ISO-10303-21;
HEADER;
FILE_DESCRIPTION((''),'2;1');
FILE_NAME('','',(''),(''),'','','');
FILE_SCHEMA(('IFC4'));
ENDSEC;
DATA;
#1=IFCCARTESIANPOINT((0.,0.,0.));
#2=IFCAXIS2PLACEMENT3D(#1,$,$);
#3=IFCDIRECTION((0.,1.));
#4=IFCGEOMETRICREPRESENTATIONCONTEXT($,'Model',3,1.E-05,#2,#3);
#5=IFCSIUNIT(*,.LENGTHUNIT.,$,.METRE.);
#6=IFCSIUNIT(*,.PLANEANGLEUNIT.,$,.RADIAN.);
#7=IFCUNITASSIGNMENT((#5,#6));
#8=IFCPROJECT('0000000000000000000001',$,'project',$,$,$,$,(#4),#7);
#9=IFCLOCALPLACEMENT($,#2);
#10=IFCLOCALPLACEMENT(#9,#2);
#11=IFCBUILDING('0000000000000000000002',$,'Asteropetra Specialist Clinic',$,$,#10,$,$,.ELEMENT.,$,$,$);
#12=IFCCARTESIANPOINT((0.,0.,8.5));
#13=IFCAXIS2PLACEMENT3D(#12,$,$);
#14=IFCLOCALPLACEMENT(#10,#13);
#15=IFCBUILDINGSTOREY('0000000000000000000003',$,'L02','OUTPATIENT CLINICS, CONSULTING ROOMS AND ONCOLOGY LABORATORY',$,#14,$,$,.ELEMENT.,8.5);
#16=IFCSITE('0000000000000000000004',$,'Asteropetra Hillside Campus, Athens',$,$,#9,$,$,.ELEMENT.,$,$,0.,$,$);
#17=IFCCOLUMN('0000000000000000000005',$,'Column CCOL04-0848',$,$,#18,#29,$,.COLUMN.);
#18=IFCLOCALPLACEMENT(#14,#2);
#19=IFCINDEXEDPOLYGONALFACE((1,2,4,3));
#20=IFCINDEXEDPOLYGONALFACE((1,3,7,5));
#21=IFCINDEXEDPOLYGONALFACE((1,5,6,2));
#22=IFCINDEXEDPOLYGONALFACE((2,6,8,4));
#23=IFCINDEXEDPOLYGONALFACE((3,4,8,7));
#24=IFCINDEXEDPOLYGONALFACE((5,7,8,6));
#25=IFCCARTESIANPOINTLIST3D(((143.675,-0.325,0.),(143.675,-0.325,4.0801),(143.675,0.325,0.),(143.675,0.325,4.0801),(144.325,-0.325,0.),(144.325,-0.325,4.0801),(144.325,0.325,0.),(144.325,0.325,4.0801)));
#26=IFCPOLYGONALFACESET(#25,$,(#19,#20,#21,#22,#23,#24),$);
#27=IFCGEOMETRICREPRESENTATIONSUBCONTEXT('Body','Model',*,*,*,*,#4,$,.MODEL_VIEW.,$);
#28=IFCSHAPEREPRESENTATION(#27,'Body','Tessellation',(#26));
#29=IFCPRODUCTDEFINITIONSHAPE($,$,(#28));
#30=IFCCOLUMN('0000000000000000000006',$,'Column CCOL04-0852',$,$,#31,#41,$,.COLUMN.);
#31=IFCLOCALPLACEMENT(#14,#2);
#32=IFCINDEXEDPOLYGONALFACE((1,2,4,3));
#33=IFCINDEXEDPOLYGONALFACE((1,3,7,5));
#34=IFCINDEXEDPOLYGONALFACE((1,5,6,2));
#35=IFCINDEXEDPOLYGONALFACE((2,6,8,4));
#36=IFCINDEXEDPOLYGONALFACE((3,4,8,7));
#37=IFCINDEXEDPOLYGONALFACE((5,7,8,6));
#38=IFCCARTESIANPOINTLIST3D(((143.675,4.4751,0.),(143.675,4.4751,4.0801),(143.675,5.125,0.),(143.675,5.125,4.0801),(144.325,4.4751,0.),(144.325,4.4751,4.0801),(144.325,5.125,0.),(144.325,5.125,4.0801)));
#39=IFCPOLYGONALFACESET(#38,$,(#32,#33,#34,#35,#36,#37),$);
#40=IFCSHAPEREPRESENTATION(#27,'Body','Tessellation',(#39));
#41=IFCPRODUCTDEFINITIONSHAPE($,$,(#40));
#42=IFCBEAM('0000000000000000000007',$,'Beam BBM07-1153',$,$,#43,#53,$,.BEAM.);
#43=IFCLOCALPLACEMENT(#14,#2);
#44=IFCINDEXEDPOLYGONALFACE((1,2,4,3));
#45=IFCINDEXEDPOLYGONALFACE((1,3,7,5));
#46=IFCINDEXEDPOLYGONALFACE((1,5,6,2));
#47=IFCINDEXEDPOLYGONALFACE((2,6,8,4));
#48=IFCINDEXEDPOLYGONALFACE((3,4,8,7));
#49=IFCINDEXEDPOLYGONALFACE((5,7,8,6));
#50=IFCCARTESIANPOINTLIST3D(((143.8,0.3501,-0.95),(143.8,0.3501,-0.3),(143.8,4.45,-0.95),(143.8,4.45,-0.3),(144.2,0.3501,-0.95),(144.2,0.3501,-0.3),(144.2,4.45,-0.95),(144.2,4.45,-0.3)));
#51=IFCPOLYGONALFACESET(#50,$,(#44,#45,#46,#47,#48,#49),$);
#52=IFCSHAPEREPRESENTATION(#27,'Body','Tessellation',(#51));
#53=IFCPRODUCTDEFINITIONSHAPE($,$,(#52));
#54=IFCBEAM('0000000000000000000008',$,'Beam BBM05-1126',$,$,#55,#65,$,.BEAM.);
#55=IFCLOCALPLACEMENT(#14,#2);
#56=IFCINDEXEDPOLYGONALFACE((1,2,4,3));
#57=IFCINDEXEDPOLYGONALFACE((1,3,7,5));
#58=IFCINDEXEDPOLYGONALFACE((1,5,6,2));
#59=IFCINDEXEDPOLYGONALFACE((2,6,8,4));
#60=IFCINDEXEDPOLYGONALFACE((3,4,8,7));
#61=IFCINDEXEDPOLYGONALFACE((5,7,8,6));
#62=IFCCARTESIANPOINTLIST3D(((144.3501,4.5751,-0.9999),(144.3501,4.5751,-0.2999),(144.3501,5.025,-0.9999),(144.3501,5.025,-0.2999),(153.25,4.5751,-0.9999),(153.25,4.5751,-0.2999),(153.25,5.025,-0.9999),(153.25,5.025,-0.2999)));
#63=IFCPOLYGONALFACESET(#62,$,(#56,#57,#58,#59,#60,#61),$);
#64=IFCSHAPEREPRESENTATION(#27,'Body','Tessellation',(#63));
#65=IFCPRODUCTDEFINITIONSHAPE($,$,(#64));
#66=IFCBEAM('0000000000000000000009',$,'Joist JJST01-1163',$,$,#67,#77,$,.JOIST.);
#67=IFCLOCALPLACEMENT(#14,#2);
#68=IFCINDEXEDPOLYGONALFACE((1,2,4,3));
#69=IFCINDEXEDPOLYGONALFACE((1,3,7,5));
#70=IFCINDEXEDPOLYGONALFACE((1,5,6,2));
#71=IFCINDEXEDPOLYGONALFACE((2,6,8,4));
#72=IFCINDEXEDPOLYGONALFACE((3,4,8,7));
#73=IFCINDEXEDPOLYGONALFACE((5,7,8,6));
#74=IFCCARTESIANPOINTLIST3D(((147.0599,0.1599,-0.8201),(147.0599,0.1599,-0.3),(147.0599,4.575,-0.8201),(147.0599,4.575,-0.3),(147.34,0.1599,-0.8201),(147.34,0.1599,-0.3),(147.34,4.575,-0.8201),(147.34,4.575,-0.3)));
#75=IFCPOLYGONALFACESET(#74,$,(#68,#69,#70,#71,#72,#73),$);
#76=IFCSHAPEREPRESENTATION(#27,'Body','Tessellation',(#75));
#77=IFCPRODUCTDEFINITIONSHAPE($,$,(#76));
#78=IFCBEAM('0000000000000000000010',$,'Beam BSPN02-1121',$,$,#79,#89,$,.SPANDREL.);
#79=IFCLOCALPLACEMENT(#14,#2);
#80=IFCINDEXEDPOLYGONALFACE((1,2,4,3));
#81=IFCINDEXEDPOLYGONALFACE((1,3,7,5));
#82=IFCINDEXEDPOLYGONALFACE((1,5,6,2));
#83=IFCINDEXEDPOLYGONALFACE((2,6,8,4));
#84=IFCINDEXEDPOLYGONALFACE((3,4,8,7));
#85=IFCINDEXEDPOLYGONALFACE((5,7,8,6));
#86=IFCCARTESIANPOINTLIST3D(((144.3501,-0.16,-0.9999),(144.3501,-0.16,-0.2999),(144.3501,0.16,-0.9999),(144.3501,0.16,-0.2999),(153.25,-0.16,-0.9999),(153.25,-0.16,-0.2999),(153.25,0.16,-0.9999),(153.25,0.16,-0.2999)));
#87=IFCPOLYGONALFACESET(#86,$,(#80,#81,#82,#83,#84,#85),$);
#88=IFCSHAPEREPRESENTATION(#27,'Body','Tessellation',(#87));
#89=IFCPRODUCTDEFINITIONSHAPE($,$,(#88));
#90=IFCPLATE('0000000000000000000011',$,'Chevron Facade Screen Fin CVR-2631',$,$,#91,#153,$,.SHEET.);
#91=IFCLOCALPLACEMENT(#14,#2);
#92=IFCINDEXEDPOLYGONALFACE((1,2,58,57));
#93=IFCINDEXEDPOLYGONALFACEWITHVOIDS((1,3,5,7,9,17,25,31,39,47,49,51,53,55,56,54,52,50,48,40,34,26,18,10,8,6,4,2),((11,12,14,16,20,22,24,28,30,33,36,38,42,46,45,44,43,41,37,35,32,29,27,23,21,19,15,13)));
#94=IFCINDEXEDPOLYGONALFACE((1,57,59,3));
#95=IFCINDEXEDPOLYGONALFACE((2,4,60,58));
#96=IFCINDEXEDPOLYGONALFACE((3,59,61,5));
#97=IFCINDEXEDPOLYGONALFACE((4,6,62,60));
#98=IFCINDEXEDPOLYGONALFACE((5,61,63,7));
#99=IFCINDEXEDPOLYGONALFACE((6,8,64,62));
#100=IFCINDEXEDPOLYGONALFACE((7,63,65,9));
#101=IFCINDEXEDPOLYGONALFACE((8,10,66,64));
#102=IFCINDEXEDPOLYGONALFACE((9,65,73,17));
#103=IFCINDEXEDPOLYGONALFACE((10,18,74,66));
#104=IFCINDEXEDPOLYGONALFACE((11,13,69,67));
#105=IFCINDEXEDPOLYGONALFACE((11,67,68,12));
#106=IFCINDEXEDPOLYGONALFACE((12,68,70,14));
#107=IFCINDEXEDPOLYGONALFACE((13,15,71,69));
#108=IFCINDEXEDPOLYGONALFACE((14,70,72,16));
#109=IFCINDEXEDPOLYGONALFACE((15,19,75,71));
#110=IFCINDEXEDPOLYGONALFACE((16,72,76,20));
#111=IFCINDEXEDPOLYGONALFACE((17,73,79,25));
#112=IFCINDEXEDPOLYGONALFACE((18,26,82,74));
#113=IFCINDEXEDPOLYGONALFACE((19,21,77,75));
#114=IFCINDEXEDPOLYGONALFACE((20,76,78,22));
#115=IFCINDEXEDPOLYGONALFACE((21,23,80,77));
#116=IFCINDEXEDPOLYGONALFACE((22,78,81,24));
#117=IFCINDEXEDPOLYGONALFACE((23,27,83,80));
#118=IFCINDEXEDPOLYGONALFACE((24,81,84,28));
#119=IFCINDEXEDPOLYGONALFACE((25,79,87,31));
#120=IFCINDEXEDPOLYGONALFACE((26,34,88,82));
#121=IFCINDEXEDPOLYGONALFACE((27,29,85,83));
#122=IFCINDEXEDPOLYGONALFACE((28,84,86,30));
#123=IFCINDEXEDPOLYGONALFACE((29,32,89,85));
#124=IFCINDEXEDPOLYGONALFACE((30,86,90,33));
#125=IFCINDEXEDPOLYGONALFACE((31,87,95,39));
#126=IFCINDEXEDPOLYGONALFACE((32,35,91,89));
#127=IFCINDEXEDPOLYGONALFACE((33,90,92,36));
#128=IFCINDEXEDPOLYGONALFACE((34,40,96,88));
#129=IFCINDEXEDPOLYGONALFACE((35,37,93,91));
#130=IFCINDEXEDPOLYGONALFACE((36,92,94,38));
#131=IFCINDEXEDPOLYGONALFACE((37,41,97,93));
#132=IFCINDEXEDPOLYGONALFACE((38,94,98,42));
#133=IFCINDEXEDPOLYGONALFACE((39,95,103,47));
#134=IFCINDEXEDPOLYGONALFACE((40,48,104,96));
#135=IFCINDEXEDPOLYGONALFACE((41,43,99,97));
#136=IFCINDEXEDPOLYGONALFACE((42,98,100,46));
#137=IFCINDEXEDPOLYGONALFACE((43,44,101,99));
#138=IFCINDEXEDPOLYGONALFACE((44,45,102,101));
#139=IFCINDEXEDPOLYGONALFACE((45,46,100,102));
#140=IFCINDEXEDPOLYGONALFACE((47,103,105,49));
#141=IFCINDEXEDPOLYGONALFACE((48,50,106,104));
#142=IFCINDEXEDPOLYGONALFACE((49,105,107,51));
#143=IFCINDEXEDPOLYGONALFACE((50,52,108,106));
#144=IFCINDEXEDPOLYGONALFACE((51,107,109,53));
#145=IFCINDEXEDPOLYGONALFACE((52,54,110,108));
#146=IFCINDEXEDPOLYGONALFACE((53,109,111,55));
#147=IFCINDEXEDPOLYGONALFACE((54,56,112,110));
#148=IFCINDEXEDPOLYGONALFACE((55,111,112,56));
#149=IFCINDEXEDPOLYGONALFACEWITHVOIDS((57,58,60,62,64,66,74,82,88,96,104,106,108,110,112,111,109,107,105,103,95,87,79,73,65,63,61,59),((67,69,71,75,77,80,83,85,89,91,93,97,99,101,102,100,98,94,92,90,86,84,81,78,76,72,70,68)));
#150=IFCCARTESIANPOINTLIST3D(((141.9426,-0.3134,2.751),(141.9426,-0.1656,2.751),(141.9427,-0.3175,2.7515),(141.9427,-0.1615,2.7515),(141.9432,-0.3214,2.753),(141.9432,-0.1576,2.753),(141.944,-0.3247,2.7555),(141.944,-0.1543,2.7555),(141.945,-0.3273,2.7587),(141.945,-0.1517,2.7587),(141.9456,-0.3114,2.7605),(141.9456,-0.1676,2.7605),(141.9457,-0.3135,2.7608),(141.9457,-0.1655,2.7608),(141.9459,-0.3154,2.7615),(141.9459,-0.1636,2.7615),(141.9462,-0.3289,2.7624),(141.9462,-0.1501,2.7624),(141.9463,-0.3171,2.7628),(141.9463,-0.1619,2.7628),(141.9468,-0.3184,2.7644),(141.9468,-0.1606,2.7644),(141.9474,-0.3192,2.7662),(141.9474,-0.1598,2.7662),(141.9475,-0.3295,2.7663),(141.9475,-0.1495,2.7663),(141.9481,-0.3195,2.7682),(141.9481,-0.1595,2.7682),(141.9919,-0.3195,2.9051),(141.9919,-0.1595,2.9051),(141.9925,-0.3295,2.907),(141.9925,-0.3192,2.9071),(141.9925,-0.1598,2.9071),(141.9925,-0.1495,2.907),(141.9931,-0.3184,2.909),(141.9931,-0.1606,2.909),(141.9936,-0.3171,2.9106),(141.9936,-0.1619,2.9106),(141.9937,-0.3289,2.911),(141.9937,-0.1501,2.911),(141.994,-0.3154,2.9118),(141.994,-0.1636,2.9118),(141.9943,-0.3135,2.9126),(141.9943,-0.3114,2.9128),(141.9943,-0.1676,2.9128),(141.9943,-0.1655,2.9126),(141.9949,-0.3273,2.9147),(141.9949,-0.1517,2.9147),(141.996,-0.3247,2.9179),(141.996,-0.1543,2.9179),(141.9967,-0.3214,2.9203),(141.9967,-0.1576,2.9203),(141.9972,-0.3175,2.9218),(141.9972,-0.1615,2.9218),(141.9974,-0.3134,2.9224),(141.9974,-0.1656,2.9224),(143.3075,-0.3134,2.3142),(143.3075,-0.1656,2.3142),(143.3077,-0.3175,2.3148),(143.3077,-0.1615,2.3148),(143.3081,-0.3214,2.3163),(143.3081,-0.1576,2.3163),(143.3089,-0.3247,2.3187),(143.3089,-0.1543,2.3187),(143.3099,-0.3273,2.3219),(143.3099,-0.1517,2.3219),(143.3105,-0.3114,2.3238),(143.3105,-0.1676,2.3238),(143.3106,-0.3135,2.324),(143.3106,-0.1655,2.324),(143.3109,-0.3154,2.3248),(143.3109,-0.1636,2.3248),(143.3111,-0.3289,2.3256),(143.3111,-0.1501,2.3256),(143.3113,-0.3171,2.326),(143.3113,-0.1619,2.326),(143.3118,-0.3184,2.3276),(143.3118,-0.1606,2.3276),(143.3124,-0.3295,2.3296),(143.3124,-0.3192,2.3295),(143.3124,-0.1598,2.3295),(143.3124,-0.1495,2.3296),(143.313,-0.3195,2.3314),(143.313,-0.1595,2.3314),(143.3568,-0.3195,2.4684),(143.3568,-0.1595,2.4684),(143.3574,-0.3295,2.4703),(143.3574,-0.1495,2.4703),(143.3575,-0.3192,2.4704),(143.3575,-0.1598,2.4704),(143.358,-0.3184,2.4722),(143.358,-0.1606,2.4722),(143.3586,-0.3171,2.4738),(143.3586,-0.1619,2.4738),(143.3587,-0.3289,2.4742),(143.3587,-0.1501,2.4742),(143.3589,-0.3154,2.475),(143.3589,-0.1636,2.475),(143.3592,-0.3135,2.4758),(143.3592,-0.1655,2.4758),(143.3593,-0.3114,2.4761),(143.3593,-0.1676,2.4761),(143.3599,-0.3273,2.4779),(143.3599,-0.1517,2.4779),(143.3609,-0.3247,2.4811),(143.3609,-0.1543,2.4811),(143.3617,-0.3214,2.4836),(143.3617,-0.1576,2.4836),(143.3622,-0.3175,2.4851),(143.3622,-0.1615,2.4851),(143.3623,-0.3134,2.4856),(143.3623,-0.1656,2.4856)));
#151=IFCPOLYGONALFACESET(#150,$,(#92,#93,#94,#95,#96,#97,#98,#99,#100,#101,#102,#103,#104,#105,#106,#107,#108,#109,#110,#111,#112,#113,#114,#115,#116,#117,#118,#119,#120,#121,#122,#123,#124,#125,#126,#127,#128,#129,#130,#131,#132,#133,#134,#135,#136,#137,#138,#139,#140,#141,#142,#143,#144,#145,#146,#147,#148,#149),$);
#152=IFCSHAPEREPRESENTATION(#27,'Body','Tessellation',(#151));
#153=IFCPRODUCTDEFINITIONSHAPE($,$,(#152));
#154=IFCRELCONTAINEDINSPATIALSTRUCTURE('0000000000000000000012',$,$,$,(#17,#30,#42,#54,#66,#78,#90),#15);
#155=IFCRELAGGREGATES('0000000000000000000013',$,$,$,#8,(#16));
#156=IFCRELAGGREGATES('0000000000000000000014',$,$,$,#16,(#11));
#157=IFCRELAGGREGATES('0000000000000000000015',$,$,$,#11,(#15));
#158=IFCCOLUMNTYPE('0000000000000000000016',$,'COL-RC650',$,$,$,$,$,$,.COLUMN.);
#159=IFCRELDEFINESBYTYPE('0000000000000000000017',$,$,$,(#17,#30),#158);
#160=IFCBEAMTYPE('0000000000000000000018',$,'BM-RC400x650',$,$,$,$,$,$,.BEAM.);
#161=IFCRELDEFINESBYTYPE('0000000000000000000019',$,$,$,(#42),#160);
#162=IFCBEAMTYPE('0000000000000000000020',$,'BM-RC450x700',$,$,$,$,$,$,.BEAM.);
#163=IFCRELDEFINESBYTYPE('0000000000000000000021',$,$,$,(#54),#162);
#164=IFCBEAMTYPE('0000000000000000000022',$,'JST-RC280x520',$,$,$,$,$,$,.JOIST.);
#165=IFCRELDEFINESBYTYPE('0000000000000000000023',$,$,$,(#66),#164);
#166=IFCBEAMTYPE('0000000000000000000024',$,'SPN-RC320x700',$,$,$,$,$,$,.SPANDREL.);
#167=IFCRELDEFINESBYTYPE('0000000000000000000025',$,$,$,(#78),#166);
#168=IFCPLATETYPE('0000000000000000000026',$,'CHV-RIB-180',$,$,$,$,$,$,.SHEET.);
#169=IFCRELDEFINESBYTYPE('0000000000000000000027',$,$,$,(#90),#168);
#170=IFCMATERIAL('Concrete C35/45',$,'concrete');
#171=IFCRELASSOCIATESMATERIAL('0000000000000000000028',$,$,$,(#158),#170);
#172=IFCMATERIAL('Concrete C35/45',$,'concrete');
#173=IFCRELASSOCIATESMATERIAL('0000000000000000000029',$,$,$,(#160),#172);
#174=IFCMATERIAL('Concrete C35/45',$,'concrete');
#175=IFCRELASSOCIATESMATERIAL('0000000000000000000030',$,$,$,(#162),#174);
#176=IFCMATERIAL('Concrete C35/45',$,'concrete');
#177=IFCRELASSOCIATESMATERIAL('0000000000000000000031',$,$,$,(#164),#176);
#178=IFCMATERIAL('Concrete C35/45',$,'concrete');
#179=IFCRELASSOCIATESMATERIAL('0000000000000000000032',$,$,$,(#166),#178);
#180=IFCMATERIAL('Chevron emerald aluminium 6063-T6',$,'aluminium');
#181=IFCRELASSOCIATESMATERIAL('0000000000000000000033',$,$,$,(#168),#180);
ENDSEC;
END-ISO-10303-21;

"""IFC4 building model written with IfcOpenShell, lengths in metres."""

from ifc_helpers import new_model, si_unit, direction, frame, origin, origin_2d, place, context, subcontext, project, spatial, rectangle, hollow_rectangle, extrude, material, material_profile, profile_set, type_object, element, save


model = new_model("IFC4")

# Units and contexts
model_context = context("Model", 3, precision=1e-05, world=origin(), true_north=direction((0.0, 1.0)))
body_context = subcontext(model_context, "Body", "Model", "MODEL_VIEW")
ifc_project = project(units=[si_unit("LENGTHUNIT", "METRE"), si_unit("PLANEANGLEUNIT", "RADIAN")], contexts=[model_context])

# Site, building, storey
site_placement = place(None, origin())
site = spatial("IfcSite", under=ifc_project, at=site_placement, Name="Asteropetra Hillside Campus, Athens", CompositionType="ELEMENT", RefElevation=0.0)
building_placement = place(site_placement, origin())
building = spatial("IfcBuilding", under=site, at=building_placement, Name="Asteropetra Specialist Clinic", CompositionType="ELEMENT")
storey_placement = place(building_placement, frame((0.0, 0.0, 8.5)))
storey = spatial("IfcBuildingStorey", under=building, at=storey_placement, Name="L02", Description="OUTPATIENT CLINICS, CONSULTING ROOMS AND ONCOLOGY LABORATORY", CompositionType="ELEMENT", Elevation=8.5)

# Columns
ifc_material_1 = material(Name="Concrete C35/45", Category="concrete")
ifc_material_profile_1 = material_profile(ifc_material_1, rectangle(XDim=0.6499, YDim=0.6499, at=origin_2d()), Name="RC 650x650")
ifc_profile_set_1 = profile_set([ifc_material_profile_1], Name="Concrete C35/45")
column_type = type_object("IfcColumnType", Name="COL-RC650", PredefinedType="COLUMN", material=ifc_profile_set_1)
for number, where, z_axis, x_axis, name in (
    (1, (144.0, 0.0, 0.0), (0.0, 0.0, 1.0), (1.0, 0.0, 0.0), "Column CCOL04-0848"),
    (2, (144.0, 4.8, 0.0), (0.0, 0.0, 1.0), (1.0, 0.0, 0.0), "Column CCOL04-0852"),
):
    element("IfcColumn", number, at=place(storey_placement, frame(where, z_axis=z_axis, x_axis=x_axis)), inside=storey, type_object=column_type, Name=name, PredefinedType="COLUMN", context=body_context, shape_type="SweptSolid", body=[
        extrude(rectangle(XDim=0.6499, YDim=0.6499, at=origin_2d()), origin(), (0.0, 0.0, 1.0), 4.0801),
    ])

# Beams
ifc_material_2 = material(Name="Concrete C35/45", Category="concrete")
ifc_material_profile_2 = material_profile(ifc_material_2, rectangle(XDim=0.3999, YDim=0.6499, at=origin_2d()), Name="RCB 400x650")
ifc_profile_set_2 = profile_set([ifc_material_profile_2], Name="Concrete C35/45")
beam_type_1 = type_object("IfcBeamType", Name="BM-RC400x650", PredefinedType="BEAM", material=ifc_profile_set_2)
beam_1_placement = place(storey_placement, frame((144.0, 0.3501, -0.625), z_axis=(0.0, 1.0, 0.0), x_axis=(-1.0, 0.0, 0.0)))
element("IfcBeam", 3, at=beam_1_placement, inside=storey, type_object=beam_type_1, Name="Beam BBM07-1153", PredefinedType="BEAM", context=body_context, shape_type="SweptSolid", body=[
    extrude(rectangle(XDim=0.3999, YDim=0.6499, at=origin_2d()), origin(), (0.0, 0.0, 1.0), 4.0999),
])
ifc_material_3 = material(Name="Concrete C35/45", Category="concrete")
ifc_material_profile_3 = material_profile(ifc_material_3, rectangle(XDim=0.45, YDim=0.7, at=origin_2d()), Name="RCB 450x700")
ifc_profile_set_3 = profile_set([ifc_material_profile_3], Name="Concrete C35/45")
beam_type_2 = type_object("IfcBeamType", Name="BM-RC450x700", PredefinedType="BEAM", material=ifc_profile_set_3)
beam_2_placement = place(storey_placement, frame((144.3501, 4.8, -0.6499), z_axis=(1.0, 0.0, 0.0), x_axis=(0.0, 1.0, 0.0)))
element("IfcBeam", 4, at=beam_2_placement, inside=storey, type_object=beam_type_2, Name="Beam BBM05-1126", PredefinedType="BEAM", context=body_context, shape_type="SweptSolid", body=[
    extrude(rectangle(XDim=0.45, YDim=0.7, at=origin_2d()), origin(), (0.0, 0.0, 1.0), 8.8999),
])
ifc_material_4 = material(Name="Concrete C35/45", Category="concrete")
ifc_material_profile_4 = material_profile(ifc_material_4, rectangle(XDim=0.28, YDim=0.52, at=origin_2d()), Name="RCJ 280x520")
ifc_profile_set_4 = profile_set([ifc_material_profile_4], Name="Concrete C35/45")
beam_type_3 = type_object("IfcBeamType", Name="JST-RC280x520", PredefinedType="JOIST", material=ifc_profile_set_4)
beam_3_placement = place(storey_placement, frame((147.2, 0.1599, -0.5601), z_axis=(0.0, 1.0, 0.0), x_axis=(-1.0, 0.0, 0.0)))
element("IfcBeam", 5, at=beam_3_placement, inside=storey, type_object=beam_type_3, Name="Joist JJST01-1163", PredefinedType="JOIST", context=body_context, shape_type="SweptSolid", body=[
    extrude(rectangle(XDim=0.28, YDim=0.52, at=origin_2d()), origin(), (0.0, 0.0, 1.0), 4.415),
])
ifc_material_5 = material(Name="Concrete C35/45", Category="concrete")
ifc_material_profile_5 = material_profile(ifc_material_5, rectangle(XDim=0.3201, YDim=0.7, at=origin_2d()), Name="RCS 320x700")
ifc_profile_set_5 = profile_set([ifc_material_profile_5], Name="Concrete C35/45")
beam_type_4 = type_object("IfcBeamType", Name="SPN-RC320x700", PredefinedType="SPANDREL", material=ifc_profile_set_5)
beam_4_placement = place(storey_placement, frame((144.3501, 0.0, -0.6499), z_axis=(1.0, 0.0, 0.0), x_axis=(0.0, 1.0, 0.0)))
element("IfcBeam", 6, at=beam_4_placement, inside=storey, type_object=beam_type_4, Name="Beam BSPN02-1121", PredefinedType="SPANDREL", context=body_context, shape_type="SweptSolid", body=[
    extrude(rectangle(XDim=0.3201, YDim=0.7, at=origin_2d()), origin(), (0.0, 0.0, 1.0), 8.8999),
])

# Plate
ifc_material_6 = material(Name="Chevron emerald aluminium 6063-T6", Category="aluminium")
ifc_material_profile_6 = material_profile(ifc_material_6, hollow_rectangle(XDim=0.1799, YDim=0.1799, WallThickness=0.01, InnerFilletRadius=0.0081, OuterFilletRadius=0.0161, at=origin_2d()), Name="SHS 180x180x10.0")
ifc_profile_set_6 = profile_set([ifc_material_profile_6], Name="Chevron emerald aluminium 6063-T6")
plate_type = type_object("IfcPlateType", Name="CHV-RIB-180", PredefinedType="SHEET", material=ifc_profile_set_6)
for number, where, z_axis, x_axis, name in (
    (7, (141.97, -0.2395, 2.8367), (0.95243, 0.0, -0.304757), (0.0, 1.0, 0.0), "Chevron Facade Screen Fin CVR-2631"),
):
    element("IfcPlate", number, at=place(storey_placement, frame(where, z_axis=z_axis, x_axis=x_axis)), inside=storey, type_object=plate_type, Name=name, PredefinedType="SHEET", context=body_context, shape_type="SweptSolid", body=[
        extrude(hollow_rectangle(XDim=0.1799, YDim=0.1799, WallThickness=0.01, InnerFilletRadius=0.0081, OuterFilletRadius=0.0161, at=origin_2d()), origin(), (0.0, 0.0, 1.0), 1.4331),
    ])

save(model, "model.ifc")
